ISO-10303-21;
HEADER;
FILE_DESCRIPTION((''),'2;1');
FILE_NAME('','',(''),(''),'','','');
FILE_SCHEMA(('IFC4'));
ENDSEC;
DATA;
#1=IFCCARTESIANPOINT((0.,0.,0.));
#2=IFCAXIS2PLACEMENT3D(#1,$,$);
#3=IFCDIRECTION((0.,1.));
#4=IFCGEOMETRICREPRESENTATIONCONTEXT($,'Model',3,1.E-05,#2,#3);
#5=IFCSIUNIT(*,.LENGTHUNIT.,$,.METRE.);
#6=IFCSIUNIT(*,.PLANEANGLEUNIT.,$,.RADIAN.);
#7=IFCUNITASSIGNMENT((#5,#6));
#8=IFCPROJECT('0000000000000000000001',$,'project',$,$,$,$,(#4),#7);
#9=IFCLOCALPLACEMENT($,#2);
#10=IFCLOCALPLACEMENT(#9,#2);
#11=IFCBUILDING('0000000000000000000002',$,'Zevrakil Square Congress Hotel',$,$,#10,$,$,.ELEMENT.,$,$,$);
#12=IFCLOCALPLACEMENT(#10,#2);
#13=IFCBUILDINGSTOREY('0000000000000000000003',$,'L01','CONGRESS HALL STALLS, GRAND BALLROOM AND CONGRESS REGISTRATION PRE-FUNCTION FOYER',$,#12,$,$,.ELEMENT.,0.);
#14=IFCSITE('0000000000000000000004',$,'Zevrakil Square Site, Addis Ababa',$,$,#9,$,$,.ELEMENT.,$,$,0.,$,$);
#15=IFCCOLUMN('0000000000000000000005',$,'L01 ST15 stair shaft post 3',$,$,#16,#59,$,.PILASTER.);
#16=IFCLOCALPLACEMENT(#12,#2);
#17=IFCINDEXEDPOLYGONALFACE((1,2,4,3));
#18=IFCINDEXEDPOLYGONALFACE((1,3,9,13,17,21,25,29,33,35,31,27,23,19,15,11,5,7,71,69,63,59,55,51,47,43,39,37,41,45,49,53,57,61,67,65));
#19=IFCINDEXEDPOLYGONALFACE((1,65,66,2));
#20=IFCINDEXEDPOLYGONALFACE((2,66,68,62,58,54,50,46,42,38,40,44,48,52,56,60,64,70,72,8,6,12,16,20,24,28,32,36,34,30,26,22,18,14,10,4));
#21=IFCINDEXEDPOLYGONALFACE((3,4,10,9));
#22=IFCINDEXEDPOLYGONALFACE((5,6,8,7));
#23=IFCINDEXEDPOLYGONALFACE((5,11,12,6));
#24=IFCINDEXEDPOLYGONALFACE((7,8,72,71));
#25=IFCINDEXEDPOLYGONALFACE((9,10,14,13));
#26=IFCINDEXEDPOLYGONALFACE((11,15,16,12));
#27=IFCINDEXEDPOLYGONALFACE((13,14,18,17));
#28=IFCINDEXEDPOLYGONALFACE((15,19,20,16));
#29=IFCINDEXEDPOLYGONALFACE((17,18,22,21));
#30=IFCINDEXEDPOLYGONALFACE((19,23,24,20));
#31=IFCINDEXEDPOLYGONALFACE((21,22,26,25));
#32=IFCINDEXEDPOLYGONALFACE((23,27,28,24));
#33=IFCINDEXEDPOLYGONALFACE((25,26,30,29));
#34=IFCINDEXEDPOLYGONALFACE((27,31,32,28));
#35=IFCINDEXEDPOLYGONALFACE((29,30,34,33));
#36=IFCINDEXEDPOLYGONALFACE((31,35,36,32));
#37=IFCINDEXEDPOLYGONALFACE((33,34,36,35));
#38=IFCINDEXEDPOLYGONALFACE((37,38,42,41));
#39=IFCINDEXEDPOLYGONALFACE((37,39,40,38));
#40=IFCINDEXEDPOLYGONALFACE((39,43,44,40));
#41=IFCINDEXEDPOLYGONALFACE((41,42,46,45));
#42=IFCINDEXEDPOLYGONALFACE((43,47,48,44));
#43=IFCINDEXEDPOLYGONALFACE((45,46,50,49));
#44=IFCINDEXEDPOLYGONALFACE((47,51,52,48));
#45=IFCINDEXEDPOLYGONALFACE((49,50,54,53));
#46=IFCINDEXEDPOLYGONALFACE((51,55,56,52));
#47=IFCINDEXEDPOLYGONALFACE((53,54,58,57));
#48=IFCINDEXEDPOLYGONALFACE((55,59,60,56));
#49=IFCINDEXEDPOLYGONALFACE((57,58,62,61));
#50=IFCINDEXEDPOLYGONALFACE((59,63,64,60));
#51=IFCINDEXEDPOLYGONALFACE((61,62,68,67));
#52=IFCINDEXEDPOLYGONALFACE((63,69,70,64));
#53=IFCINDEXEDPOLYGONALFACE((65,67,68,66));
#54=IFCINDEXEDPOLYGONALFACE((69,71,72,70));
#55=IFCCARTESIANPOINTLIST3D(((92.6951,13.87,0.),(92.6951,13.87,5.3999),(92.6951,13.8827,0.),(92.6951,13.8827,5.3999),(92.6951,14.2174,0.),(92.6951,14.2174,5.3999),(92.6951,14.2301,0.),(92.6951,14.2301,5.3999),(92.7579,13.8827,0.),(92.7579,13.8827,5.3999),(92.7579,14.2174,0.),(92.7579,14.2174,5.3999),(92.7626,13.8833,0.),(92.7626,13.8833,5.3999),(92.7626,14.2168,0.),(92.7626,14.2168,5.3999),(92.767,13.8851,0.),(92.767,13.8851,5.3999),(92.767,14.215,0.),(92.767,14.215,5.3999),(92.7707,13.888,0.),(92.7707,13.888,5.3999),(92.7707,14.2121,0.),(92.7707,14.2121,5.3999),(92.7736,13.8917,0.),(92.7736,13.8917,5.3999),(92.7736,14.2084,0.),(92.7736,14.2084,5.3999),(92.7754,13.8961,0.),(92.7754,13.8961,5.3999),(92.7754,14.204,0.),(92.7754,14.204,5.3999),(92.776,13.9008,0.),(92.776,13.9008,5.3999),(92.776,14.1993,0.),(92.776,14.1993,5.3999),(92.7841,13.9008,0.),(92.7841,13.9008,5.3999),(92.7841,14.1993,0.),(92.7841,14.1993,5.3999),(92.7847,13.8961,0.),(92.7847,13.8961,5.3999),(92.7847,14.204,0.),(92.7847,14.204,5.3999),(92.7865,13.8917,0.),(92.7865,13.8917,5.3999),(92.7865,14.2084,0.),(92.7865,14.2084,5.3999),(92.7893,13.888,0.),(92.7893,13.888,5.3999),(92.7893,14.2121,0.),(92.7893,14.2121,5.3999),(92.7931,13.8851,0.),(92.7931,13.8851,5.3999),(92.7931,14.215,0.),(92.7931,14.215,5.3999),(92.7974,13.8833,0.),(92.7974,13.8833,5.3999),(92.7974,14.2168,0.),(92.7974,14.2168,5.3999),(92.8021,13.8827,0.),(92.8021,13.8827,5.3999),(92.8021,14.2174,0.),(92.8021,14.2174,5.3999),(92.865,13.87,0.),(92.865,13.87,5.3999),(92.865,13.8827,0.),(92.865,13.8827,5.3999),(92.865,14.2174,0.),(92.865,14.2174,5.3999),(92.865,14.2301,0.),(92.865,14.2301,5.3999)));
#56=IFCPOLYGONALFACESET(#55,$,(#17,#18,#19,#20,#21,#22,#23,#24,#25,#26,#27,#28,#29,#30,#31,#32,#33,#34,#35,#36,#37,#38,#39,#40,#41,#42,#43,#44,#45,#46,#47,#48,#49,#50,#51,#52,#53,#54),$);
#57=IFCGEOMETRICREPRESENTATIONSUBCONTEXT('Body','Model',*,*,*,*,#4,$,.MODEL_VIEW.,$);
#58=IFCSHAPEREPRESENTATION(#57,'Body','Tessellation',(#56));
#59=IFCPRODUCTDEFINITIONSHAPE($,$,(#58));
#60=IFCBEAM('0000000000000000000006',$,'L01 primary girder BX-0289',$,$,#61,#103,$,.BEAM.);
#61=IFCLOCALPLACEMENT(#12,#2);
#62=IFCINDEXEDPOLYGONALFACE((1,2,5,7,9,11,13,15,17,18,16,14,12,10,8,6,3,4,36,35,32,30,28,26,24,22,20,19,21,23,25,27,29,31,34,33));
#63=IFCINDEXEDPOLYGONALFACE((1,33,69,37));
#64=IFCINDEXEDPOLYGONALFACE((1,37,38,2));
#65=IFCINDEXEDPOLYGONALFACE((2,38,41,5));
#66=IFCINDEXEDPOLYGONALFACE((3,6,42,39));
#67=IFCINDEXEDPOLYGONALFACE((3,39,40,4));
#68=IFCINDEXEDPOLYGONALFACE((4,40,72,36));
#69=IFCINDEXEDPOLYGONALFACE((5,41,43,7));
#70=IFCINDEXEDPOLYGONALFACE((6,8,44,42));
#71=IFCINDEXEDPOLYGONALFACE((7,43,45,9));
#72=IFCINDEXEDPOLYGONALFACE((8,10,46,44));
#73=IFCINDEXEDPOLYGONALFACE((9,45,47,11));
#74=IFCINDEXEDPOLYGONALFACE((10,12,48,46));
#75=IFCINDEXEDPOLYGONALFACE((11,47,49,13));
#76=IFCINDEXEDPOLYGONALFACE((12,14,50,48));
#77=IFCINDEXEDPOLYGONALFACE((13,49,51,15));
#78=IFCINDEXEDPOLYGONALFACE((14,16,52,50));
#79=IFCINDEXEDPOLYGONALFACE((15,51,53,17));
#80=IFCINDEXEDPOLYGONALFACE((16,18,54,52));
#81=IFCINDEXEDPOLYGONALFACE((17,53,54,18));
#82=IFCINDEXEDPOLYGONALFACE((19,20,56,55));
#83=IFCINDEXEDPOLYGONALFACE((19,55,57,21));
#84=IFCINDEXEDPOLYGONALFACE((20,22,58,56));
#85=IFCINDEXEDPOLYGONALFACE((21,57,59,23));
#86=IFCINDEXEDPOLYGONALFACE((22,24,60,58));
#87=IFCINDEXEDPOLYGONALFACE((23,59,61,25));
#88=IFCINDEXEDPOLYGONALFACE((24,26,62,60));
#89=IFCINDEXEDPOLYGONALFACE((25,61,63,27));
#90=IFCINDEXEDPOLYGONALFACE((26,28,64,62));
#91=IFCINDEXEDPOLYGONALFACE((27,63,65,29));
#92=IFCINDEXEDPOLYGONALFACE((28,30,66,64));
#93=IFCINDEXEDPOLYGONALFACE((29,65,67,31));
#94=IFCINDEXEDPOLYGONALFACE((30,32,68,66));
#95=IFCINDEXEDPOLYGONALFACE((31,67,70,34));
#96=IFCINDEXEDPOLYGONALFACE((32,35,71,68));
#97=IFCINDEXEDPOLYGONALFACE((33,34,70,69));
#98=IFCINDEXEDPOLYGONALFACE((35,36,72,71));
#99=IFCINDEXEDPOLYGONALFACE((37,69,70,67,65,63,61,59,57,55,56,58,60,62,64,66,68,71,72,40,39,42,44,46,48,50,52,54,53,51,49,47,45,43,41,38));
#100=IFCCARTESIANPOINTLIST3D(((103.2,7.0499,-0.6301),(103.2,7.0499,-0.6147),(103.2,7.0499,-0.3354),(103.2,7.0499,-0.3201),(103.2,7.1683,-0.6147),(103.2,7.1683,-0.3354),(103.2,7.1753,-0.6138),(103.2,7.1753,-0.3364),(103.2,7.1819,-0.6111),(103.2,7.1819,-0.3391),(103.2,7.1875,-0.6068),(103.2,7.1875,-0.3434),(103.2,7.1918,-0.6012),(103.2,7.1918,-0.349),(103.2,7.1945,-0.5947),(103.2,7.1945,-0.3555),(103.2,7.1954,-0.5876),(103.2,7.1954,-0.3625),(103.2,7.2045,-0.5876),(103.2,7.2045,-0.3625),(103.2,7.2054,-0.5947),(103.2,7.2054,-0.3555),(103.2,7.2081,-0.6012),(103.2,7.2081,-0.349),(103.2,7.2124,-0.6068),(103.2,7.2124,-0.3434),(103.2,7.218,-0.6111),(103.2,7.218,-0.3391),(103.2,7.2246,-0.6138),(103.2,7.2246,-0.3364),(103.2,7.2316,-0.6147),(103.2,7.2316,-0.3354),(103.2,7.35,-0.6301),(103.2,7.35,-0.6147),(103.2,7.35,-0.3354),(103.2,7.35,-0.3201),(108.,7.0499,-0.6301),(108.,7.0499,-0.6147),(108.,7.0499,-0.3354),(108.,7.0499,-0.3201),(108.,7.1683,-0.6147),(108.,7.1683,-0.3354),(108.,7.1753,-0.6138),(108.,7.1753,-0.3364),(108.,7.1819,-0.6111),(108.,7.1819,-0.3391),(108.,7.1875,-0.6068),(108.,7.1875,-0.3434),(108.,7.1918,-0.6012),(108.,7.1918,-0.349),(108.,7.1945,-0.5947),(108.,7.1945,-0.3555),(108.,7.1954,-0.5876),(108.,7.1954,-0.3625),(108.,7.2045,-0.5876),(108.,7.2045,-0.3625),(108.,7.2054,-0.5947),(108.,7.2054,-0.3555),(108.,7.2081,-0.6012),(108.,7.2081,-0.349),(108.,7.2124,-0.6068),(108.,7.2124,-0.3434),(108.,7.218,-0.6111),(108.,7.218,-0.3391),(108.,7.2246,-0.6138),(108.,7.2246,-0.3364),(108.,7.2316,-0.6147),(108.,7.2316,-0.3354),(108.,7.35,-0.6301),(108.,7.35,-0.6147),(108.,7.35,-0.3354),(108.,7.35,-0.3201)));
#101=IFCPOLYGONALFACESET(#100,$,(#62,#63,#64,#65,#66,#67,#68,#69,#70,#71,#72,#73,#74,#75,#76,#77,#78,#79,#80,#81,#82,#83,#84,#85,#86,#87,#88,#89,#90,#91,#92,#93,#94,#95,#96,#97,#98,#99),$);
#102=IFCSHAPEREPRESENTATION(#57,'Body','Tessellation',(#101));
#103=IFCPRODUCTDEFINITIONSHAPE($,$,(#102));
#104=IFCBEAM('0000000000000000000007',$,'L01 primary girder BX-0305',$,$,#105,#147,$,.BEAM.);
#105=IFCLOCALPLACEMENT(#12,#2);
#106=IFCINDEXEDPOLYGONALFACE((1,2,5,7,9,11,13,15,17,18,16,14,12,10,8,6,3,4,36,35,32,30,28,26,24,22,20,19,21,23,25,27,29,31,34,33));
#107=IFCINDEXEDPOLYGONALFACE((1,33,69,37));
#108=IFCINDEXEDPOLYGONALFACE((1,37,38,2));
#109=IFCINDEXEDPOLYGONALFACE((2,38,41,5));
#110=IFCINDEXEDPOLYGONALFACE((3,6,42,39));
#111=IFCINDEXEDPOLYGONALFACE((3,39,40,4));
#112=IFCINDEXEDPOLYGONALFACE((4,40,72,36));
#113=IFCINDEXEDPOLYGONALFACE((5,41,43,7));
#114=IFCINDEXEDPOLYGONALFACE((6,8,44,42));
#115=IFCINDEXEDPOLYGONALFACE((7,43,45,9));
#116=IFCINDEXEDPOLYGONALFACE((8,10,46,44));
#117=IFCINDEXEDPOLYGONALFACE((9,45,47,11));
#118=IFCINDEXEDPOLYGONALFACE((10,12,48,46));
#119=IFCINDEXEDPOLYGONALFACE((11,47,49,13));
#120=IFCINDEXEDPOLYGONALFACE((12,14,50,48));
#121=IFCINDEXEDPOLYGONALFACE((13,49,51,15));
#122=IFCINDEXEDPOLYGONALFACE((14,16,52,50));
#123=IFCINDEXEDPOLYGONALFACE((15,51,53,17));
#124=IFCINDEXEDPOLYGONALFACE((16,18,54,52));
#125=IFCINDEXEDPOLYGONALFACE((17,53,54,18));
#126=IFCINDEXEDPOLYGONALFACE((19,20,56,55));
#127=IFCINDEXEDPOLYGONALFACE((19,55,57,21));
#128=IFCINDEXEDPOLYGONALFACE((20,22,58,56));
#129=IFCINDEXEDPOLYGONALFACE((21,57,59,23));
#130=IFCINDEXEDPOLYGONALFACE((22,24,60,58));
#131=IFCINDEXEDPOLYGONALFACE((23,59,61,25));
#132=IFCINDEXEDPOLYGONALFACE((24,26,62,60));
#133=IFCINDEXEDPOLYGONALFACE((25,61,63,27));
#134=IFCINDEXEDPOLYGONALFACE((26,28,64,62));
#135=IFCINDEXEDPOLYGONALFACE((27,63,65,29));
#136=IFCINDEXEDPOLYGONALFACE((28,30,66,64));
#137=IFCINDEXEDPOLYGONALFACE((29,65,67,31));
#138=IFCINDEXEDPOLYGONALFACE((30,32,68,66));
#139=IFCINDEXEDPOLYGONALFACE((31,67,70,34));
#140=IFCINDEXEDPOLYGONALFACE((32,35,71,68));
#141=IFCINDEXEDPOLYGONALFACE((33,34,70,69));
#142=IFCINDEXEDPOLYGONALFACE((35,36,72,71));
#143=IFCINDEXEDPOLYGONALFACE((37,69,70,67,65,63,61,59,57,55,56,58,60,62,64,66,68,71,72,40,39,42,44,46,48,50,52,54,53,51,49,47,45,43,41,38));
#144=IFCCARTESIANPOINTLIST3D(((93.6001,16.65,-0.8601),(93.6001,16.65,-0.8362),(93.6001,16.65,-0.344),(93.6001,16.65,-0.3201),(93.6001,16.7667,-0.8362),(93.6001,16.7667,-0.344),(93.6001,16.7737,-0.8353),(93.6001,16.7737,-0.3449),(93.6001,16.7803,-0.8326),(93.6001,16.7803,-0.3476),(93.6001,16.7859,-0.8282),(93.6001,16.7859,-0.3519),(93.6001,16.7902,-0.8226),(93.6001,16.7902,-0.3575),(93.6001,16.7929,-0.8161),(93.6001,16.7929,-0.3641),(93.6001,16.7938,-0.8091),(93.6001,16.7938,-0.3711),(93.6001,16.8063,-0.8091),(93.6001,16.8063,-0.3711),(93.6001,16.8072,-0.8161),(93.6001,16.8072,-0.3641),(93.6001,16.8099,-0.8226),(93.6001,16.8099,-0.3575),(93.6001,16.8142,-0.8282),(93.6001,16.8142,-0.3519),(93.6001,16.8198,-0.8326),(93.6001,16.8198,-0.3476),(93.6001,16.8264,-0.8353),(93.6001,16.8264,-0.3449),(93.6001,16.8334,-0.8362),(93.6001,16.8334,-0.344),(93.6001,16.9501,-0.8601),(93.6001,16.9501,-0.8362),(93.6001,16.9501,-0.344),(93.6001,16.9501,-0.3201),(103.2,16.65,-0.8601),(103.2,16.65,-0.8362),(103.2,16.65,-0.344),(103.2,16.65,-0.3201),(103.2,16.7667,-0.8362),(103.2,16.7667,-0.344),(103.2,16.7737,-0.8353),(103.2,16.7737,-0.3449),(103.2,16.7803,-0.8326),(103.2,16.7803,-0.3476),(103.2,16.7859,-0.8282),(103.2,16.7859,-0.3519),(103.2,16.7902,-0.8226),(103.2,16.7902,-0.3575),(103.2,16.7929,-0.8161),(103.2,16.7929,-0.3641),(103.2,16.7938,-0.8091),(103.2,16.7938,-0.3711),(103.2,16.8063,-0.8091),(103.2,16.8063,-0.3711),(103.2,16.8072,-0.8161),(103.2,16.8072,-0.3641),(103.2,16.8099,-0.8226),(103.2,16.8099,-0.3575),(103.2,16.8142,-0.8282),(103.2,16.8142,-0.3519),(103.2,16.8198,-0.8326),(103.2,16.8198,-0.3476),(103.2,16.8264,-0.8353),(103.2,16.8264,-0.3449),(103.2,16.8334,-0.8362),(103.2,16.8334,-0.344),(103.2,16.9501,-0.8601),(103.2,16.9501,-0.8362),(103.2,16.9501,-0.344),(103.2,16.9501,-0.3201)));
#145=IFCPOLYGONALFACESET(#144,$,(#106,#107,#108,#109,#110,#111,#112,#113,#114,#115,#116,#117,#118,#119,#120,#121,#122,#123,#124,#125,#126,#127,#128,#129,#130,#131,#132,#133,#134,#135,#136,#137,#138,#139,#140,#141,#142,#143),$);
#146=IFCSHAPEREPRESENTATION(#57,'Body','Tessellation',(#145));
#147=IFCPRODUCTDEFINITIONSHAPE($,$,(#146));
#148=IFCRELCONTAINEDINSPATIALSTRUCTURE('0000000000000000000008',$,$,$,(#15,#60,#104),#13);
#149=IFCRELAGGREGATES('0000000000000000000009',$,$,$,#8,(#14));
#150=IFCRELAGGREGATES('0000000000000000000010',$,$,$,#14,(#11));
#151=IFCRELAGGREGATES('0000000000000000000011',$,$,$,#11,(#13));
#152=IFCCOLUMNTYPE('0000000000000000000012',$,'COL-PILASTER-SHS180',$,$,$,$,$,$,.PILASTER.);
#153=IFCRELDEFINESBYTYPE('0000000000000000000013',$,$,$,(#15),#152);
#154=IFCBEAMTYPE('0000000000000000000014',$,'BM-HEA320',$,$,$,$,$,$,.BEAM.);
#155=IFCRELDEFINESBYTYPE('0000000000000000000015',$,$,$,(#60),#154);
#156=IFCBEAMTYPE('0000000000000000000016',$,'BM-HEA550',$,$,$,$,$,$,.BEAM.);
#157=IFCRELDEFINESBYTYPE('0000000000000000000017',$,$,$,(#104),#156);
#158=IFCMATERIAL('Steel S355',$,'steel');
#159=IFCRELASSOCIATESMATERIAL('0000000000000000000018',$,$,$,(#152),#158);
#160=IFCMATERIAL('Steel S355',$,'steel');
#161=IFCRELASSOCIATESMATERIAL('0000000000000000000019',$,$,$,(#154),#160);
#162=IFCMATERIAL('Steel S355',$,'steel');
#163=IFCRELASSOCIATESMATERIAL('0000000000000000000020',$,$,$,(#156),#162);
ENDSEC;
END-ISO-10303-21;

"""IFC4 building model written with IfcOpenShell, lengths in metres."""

from ifc_helpers import new_model, si_unit, direction, frame, origin, origin_2d, place, context, subcontext, project, spatial, i_section, extrude, material, material_profile, profile_set, type_object, element, save


model = new_model("IFC4")

# Units and contexts
model_context = context("Model", 3, precision=1e-05, world=origin(), true_north=direction((0.0, 1.0)))
body_context = subcontext(model_context, "Body", "Model", "MODEL_VIEW")
ifc_project = project(units=[si_unit("LENGTHUNIT", "METRE"), si_unit("PLANEANGLEUNIT", "RADIAN")], contexts=[model_context])

# Site, building, storey
site_placement = place(None, origin())
site = spatial("IfcSite", under=ifc_project, at=site_placement, Name="Zevrakil Square Site, Addis Ababa", CompositionType="ELEMENT", RefElevation=0.0)
building_placement = place(site_placement, origin())
building = spatial("IfcBuilding", under=site, at=building_placement, Name="Zevrakil Square Congress Hotel", CompositionType="ELEMENT")
storey_placement = place(building_placement, origin())
storey = spatial("IfcBuildingStorey", under=building, at=storey_placement, Name="L01", Description="CONGRESS HALL STALLS, GRAND BALLROOM AND CONGRESS REGISTRATION PRE-FUNCTION FOYER", CompositionType="ELEMENT", Elevation=0.0)

# Column
ifc_material_1 = material(Name="Steel S355", Category="steel")
ifc_material_profile_1 = material_profile(ifc_material_1, i_section(OverallWidth=0.1699, OverallDepth=0.3601, WebThickness=0.0081, FlangeThickness=0.0127, FilletRadius=0.0181, at=origin_2d()), Name="IPE 360")
ifc_profile_set_1 = profile_set([ifc_material_profile_1], Name="Steel S355")
column_type_1 = type_object("IfcColumnType", Name="COL-PILASTER-SHS180", PredefinedType="PILASTER", material=ifc_profile_set_1)
for number, where, z_axis, x_axis, name in (
    (1, (92.78, 14.05, 0.0), (0.0, 0.0, 1.0), (1.0, 0.0, 0.0), "L01 ST15 stair shaft post 3"),
):
    element("IfcColumn", number, at=place(storey_placement, frame(where, z_axis=z_axis, x_axis=x_axis)), inside=storey, type_object=column_type_1, Name=name, PredefinedType="PILASTER", context=body_context, shape_type="SweptSolid", body=[
        extrude(i_section(OverallWidth=0.1699, OverallDepth=0.3601, WebThickness=0.0081, FlangeThickness=0.0127, FilletRadius=0.0181, at=origin_2d()), origin(), (0.0, 0.0, 1.0), 5.3999),
    ])

# Beams
ifc_material_2 = material(Name="Steel S355", Category="steel")
ifc_material_profile_2 = material_profile(ifc_material_2, i_section(OverallWidth=0.3, OverallDepth=0.3101, WebThickness=0.009, FlangeThickness=0.0154, FilletRadius=0.0271, at=origin_2d()), Name="HEA 320")
ifc_profile_set_2 = profile_set([ifc_material_profile_2], Name="Steel S355")
beam_type_1 = type_object("IfcBeamType", Name="BM-HEA320", PredefinedType="BEAM", material=ifc_profile_set_2)
beam_1_placement = place(storey_placement, frame((103.2, 7.2, -0.4751), z_axis=(1.0, 0.0, 0.0), x_axis=(0.0, 1.0, 0.0)))
element("IfcBeam", 2, at=beam_1_placement, inside=storey, type_object=beam_type_1, Name="L01 primary girder BX-0289", PredefinedType="BEAM", context=body_context, shape_type="SweptSolid", body=[
    extrude(i_section(OverallWidth=0.3, OverallDepth=0.3101, WebThickness=0.009, FlangeThickness=0.0154, FilletRadius=0.0271, at=origin_2d()), origin(), (0.0, 0.0, 1.0), 4.8),
])
ifc_material_3 = material(Name="Steel S355", Category="steel")
ifc_material_profile_3 = material_profile(ifc_material_3, i_section(OverallWidth=0.3, OverallDepth=0.54, WebThickness=0.0125, FlangeThickness=0.0239, FilletRadius=0.0271, at=origin_2d()), Name="HEA 550")
ifc_profile_set_3 = profile_set([ifc_material_profile_3], Name="Steel S355")
beam_type_2 = type_object("IfcBeamType", Name="BM-HEA550", PredefinedType="BEAM", material=ifc_profile_set_3)
beam_2_placement = place(storey_placement, frame((93.6001, 16.8, -0.5901), z_axis=(1.0, 0.0, 0.0), x_axis=(0.0, 1.0, 0.0)))
element("IfcBeam", 3, at=beam_2_placement, inside=storey, type_object=beam_type_2, Name="L01 primary girder BX-0305", PredefinedType="BEAM", context=body_context, shape_type="SweptSolid", body=[
    extrude(i_section(OverallWidth=0.3, OverallDepth=0.54, WebThickness=0.0125, FlangeThickness=0.0239, FilletRadius=0.0271, at=origin_2d()), origin(), (0.0, 0.0, 1.0), 9.5999),
])

save(model, "model.ifc")
